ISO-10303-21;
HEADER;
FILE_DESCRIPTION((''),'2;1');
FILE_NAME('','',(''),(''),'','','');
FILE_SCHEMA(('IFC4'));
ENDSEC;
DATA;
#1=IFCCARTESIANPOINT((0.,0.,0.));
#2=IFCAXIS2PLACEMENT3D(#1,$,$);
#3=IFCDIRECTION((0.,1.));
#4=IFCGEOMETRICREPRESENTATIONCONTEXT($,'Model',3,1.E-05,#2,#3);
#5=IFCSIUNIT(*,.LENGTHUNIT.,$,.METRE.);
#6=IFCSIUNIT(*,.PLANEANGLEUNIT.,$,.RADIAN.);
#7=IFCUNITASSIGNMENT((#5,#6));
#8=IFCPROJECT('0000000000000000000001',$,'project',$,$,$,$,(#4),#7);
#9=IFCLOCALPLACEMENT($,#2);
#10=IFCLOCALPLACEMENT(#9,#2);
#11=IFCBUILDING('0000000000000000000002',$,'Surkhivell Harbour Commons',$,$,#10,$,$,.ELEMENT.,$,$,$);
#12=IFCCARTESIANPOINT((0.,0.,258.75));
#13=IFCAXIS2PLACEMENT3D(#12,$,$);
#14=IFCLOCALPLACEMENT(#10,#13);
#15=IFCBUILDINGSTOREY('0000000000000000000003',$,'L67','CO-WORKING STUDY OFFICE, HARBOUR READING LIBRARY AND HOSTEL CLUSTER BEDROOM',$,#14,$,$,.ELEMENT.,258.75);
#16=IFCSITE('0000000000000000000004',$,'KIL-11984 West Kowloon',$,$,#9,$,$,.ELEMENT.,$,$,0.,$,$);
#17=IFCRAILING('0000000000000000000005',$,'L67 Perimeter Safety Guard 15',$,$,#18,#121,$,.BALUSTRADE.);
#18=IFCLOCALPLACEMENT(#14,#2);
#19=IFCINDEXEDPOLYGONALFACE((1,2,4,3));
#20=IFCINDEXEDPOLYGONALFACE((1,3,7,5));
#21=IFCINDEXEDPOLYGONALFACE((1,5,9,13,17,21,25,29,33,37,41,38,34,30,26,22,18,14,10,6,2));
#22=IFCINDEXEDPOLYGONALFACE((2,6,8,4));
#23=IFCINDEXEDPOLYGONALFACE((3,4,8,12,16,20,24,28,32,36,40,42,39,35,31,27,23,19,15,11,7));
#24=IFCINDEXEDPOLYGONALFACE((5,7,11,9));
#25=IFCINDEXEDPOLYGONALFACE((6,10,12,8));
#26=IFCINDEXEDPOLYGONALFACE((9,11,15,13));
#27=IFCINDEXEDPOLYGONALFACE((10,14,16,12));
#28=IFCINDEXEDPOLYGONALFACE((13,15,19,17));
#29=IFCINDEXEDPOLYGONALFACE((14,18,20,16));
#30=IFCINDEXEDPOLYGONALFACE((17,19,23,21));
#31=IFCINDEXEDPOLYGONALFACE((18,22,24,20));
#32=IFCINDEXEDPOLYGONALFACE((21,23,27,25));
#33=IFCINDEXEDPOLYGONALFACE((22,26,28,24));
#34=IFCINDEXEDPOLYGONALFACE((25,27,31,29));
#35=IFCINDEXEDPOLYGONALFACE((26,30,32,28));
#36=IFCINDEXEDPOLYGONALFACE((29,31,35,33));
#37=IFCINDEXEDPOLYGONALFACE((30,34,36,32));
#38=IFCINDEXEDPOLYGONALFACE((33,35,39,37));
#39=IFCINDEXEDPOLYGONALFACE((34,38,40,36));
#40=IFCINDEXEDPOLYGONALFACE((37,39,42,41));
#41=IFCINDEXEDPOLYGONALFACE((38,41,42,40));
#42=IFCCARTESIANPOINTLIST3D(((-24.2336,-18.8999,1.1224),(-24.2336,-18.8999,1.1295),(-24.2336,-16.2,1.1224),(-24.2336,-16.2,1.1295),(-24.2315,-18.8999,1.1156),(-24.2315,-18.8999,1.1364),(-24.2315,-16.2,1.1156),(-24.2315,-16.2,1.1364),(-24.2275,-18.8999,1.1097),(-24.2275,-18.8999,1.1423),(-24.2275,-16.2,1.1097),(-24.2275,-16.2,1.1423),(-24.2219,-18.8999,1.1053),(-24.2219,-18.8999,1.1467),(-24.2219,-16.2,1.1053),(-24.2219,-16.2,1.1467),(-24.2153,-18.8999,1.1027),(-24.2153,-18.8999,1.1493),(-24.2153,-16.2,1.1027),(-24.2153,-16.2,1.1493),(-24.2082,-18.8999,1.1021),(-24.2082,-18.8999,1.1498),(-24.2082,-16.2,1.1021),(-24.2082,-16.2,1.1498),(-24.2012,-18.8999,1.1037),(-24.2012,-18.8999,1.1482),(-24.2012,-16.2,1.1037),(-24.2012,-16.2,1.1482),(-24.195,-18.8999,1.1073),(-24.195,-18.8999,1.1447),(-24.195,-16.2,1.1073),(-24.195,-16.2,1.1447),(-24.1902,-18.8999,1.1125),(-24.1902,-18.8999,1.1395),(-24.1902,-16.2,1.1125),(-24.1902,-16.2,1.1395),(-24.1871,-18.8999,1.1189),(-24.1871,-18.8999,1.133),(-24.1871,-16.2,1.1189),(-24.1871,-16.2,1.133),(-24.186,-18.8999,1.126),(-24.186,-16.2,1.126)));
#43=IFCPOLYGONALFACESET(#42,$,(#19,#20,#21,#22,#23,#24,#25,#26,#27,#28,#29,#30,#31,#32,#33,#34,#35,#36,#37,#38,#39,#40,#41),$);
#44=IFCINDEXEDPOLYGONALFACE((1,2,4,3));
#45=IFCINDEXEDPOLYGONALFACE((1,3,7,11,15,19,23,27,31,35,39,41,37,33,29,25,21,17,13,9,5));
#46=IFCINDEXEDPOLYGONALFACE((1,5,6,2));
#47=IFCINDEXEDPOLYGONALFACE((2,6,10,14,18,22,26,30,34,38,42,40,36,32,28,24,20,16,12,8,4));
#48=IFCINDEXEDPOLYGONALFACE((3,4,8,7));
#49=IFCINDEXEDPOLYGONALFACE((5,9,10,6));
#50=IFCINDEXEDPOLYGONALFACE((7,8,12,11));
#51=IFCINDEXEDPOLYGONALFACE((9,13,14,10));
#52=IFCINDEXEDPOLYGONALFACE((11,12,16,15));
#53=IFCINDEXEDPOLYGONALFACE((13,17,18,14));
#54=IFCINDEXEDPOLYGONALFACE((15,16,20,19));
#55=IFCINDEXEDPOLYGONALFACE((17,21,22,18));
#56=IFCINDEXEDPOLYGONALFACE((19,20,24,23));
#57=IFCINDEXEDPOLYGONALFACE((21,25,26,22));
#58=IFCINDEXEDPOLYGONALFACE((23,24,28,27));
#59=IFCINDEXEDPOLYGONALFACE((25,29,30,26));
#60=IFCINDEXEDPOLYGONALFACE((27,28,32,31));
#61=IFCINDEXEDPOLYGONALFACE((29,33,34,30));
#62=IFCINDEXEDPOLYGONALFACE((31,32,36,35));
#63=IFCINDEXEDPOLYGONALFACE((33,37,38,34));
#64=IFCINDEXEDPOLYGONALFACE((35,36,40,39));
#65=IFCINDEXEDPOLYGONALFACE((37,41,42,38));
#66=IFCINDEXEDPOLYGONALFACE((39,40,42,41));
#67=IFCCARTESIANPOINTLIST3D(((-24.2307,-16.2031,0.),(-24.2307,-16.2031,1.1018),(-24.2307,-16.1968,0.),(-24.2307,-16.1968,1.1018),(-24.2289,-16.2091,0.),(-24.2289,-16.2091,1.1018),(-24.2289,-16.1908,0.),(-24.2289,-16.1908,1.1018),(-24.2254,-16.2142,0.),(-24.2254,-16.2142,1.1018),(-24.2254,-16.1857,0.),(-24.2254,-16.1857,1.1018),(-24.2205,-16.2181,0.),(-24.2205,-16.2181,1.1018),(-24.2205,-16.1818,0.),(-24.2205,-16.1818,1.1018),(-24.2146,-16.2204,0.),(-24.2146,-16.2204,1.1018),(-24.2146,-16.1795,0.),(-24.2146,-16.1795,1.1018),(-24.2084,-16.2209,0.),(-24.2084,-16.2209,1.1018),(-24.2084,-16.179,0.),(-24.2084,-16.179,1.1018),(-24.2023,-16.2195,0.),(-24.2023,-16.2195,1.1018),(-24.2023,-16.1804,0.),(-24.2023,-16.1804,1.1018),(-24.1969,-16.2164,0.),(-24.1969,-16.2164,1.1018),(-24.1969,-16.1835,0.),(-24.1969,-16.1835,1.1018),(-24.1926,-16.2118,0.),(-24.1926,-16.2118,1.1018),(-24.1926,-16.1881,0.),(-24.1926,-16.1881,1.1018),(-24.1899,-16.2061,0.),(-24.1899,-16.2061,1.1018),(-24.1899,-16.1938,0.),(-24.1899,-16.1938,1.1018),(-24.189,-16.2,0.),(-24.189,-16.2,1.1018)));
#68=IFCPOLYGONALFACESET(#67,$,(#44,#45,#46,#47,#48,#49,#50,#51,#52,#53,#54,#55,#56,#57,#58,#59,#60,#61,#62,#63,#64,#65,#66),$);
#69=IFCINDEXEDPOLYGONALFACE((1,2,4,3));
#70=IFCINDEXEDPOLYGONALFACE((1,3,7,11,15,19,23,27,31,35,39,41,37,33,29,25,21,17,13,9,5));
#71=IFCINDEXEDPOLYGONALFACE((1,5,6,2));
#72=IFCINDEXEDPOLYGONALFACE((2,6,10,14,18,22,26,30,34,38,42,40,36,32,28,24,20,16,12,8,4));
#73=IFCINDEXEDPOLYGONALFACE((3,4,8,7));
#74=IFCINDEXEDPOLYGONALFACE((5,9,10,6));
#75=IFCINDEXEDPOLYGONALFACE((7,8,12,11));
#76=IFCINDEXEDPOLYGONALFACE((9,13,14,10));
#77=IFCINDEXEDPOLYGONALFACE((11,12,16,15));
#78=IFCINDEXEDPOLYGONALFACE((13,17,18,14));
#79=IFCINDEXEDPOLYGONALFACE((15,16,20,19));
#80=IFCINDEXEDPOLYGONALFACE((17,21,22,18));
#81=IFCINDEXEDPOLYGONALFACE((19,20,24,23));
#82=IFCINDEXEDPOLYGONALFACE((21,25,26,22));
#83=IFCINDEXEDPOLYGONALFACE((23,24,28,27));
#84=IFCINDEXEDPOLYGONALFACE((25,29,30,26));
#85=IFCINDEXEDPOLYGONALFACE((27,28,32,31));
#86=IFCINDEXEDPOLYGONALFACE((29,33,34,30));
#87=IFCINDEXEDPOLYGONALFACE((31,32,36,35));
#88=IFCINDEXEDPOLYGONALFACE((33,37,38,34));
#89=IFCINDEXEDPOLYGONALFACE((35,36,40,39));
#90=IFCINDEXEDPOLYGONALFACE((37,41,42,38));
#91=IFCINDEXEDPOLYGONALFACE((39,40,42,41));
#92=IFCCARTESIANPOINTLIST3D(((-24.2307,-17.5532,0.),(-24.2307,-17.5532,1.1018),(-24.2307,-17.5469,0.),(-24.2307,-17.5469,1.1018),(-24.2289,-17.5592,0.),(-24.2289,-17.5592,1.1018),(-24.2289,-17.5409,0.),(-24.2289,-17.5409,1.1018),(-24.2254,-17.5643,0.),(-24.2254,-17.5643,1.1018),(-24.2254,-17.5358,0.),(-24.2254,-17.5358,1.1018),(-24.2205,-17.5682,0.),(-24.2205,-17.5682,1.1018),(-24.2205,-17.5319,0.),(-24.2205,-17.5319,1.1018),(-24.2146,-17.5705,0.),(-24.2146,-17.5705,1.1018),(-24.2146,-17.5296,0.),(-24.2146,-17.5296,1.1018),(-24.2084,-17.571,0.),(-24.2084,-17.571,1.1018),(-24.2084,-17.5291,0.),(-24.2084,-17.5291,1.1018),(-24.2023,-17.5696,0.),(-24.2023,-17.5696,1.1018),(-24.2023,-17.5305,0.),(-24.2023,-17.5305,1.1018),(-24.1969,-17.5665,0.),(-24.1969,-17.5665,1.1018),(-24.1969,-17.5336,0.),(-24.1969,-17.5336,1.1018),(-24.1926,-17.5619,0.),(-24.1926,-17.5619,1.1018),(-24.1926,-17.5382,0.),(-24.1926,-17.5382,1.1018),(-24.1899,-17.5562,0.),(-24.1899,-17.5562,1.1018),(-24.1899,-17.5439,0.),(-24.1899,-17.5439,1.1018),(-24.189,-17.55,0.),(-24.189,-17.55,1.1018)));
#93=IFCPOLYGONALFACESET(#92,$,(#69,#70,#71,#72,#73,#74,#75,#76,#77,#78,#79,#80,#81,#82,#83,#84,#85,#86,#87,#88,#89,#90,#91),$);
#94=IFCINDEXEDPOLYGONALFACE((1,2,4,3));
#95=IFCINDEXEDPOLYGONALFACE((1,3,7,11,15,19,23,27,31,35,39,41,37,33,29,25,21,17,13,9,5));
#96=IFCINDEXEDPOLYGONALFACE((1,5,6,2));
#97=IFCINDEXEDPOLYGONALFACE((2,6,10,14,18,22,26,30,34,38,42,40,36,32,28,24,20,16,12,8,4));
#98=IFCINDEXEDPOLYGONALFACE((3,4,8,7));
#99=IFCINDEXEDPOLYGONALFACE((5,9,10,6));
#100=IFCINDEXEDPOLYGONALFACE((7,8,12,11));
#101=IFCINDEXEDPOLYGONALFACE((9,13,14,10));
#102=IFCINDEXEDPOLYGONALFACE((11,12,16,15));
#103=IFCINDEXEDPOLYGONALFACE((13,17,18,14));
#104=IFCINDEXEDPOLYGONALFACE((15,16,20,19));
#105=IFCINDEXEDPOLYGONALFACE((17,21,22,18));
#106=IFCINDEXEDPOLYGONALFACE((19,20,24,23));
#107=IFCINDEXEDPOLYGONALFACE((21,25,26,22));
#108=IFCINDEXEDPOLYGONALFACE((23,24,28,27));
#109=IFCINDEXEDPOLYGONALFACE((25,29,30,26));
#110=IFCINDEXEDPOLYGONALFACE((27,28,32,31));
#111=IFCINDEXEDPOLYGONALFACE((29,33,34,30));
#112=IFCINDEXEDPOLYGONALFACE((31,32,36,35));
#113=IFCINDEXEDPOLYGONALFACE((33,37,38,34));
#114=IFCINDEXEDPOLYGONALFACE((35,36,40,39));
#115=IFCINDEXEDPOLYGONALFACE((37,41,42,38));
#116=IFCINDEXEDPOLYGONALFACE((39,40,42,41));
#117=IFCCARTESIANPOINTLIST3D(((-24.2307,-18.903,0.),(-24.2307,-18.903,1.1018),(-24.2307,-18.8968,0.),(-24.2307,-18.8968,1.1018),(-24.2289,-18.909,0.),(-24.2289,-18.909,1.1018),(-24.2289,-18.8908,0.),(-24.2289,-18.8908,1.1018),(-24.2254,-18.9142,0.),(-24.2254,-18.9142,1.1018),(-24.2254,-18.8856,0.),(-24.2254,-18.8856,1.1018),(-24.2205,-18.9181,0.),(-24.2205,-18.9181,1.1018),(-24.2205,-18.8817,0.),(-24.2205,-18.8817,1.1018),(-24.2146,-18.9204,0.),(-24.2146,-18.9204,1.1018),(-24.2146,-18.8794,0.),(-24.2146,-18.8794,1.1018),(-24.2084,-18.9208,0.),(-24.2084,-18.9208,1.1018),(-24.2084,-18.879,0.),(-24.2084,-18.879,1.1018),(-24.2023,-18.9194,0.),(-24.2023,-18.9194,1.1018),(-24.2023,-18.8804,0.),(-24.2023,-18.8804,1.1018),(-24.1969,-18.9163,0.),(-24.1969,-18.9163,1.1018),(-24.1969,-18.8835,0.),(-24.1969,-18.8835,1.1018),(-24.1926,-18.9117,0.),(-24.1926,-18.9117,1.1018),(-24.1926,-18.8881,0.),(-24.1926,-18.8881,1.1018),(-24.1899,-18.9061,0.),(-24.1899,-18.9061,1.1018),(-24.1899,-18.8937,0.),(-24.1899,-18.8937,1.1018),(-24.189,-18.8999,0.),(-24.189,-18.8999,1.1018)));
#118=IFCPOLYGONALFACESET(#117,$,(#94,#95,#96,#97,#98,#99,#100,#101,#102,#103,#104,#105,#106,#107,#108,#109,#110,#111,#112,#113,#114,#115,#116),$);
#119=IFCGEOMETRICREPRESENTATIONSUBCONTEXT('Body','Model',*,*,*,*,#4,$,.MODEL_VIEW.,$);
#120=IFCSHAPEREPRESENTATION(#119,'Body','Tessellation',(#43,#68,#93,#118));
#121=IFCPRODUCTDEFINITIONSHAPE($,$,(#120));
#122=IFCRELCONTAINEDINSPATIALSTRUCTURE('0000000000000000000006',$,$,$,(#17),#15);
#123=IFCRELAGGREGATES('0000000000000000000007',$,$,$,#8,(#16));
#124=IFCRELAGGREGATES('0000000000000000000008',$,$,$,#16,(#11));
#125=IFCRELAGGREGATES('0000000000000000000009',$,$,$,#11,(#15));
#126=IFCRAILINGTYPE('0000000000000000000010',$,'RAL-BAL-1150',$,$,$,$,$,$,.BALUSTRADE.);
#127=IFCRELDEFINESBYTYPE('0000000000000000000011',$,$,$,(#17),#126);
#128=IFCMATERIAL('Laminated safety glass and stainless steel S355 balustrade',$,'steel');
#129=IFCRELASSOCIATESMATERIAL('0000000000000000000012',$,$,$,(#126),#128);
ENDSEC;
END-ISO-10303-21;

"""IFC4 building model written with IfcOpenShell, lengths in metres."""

from ifc_helpers import new_model, si_unit, direction, frame, origin, origin_2d, place, context, subcontext, project, spatial, circle, extrude, material, type_object, element, save


model = new_model("IFC4")

# Units and contexts
model_context = context("Model", 3, precision=1e-05, world=origin(), true_north=direction((0.0, 1.0)))
body_context = subcontext(model_context, "Body", "Model", "MODEL_VIEW")
ifc_project = project(units=[si_unit("LENGTHUNIT", "METRE"), si_unit("PLANEANGLEUNIT", "RADIAN")], contexts=[model_context])

# Site, building, storey
site_placement = place(None, origin())
site = spatial("IfcSite", under=ifc_project, at=site_placement, Name="KIL-11984 West Kowloon", CompositionType="ELEMENT", RefElevation=0.0)
building_placement = place(site_placement, origin())
building = spatial("IfcBuilding", under=site, at=building_placement, Name="Surkhivell Harbour Commons", CompositionType="ELEMENT")
storey_placement = place(building_placement, frame((0.0, 0.0, 258.75)))
storey = spatial("IfcBuildingStorey", under=building, at=storey_placement, Name="L67", Description="CO-WORKING STUDY OFFICE, HARBOUR READING LIBRARY AND HOSTEL CLUSTER BEDROOM", CompositionType="ELEMENT", Elevation=258.75)

# Railing
ifc_material_1 = material(Name="Laminated safety glass and stainless steel S355 balustrade", Category="steel")
railing_type = type_object("IfcRailingType", Name="RAL-BAL-1150", PredefinedType="BALUSTRADE", material=ifc_material_1)
railing_1_placement = place(storey_placement, frame((-24.21, -16.2, 0.0)))
element("IfcRailing", 1, at=railing_1_placement, inside=storey, type_object=railing_type, Name="L67 Perimeter Safety Guard 15", PredefinedType="BALUSTRADE", context=body_context, shape_type="SweptSolid", body=[
    extrude(circle(Radius=0.0239, at=origin_2d()), frame((0.0, 0.0, 1.126), z_axis=(0.0, -1.0, 0.0), x_axis=(1.0, 0.0, 0.0)), (0.0, 0.0, 1.0), 2.7),
    extrude(circle(Radius=0.021, at=origin_2d()), origin(), (0.0, 0.0, 1.0), 1.1018),
    extrude(circle(Radius=0.021, at=origin_2d()), frame((0.0, -1.3501, 0.0)), (0.0, 0.0, 1.0), 1.1018),
    extrude(circle(Radius=0.021, at=origin_2d()), frame((0.0, -2.7, 0.0)), (0.0, 0.0, 1.0), 1.1018),
])

save(model, "model.ifc")
